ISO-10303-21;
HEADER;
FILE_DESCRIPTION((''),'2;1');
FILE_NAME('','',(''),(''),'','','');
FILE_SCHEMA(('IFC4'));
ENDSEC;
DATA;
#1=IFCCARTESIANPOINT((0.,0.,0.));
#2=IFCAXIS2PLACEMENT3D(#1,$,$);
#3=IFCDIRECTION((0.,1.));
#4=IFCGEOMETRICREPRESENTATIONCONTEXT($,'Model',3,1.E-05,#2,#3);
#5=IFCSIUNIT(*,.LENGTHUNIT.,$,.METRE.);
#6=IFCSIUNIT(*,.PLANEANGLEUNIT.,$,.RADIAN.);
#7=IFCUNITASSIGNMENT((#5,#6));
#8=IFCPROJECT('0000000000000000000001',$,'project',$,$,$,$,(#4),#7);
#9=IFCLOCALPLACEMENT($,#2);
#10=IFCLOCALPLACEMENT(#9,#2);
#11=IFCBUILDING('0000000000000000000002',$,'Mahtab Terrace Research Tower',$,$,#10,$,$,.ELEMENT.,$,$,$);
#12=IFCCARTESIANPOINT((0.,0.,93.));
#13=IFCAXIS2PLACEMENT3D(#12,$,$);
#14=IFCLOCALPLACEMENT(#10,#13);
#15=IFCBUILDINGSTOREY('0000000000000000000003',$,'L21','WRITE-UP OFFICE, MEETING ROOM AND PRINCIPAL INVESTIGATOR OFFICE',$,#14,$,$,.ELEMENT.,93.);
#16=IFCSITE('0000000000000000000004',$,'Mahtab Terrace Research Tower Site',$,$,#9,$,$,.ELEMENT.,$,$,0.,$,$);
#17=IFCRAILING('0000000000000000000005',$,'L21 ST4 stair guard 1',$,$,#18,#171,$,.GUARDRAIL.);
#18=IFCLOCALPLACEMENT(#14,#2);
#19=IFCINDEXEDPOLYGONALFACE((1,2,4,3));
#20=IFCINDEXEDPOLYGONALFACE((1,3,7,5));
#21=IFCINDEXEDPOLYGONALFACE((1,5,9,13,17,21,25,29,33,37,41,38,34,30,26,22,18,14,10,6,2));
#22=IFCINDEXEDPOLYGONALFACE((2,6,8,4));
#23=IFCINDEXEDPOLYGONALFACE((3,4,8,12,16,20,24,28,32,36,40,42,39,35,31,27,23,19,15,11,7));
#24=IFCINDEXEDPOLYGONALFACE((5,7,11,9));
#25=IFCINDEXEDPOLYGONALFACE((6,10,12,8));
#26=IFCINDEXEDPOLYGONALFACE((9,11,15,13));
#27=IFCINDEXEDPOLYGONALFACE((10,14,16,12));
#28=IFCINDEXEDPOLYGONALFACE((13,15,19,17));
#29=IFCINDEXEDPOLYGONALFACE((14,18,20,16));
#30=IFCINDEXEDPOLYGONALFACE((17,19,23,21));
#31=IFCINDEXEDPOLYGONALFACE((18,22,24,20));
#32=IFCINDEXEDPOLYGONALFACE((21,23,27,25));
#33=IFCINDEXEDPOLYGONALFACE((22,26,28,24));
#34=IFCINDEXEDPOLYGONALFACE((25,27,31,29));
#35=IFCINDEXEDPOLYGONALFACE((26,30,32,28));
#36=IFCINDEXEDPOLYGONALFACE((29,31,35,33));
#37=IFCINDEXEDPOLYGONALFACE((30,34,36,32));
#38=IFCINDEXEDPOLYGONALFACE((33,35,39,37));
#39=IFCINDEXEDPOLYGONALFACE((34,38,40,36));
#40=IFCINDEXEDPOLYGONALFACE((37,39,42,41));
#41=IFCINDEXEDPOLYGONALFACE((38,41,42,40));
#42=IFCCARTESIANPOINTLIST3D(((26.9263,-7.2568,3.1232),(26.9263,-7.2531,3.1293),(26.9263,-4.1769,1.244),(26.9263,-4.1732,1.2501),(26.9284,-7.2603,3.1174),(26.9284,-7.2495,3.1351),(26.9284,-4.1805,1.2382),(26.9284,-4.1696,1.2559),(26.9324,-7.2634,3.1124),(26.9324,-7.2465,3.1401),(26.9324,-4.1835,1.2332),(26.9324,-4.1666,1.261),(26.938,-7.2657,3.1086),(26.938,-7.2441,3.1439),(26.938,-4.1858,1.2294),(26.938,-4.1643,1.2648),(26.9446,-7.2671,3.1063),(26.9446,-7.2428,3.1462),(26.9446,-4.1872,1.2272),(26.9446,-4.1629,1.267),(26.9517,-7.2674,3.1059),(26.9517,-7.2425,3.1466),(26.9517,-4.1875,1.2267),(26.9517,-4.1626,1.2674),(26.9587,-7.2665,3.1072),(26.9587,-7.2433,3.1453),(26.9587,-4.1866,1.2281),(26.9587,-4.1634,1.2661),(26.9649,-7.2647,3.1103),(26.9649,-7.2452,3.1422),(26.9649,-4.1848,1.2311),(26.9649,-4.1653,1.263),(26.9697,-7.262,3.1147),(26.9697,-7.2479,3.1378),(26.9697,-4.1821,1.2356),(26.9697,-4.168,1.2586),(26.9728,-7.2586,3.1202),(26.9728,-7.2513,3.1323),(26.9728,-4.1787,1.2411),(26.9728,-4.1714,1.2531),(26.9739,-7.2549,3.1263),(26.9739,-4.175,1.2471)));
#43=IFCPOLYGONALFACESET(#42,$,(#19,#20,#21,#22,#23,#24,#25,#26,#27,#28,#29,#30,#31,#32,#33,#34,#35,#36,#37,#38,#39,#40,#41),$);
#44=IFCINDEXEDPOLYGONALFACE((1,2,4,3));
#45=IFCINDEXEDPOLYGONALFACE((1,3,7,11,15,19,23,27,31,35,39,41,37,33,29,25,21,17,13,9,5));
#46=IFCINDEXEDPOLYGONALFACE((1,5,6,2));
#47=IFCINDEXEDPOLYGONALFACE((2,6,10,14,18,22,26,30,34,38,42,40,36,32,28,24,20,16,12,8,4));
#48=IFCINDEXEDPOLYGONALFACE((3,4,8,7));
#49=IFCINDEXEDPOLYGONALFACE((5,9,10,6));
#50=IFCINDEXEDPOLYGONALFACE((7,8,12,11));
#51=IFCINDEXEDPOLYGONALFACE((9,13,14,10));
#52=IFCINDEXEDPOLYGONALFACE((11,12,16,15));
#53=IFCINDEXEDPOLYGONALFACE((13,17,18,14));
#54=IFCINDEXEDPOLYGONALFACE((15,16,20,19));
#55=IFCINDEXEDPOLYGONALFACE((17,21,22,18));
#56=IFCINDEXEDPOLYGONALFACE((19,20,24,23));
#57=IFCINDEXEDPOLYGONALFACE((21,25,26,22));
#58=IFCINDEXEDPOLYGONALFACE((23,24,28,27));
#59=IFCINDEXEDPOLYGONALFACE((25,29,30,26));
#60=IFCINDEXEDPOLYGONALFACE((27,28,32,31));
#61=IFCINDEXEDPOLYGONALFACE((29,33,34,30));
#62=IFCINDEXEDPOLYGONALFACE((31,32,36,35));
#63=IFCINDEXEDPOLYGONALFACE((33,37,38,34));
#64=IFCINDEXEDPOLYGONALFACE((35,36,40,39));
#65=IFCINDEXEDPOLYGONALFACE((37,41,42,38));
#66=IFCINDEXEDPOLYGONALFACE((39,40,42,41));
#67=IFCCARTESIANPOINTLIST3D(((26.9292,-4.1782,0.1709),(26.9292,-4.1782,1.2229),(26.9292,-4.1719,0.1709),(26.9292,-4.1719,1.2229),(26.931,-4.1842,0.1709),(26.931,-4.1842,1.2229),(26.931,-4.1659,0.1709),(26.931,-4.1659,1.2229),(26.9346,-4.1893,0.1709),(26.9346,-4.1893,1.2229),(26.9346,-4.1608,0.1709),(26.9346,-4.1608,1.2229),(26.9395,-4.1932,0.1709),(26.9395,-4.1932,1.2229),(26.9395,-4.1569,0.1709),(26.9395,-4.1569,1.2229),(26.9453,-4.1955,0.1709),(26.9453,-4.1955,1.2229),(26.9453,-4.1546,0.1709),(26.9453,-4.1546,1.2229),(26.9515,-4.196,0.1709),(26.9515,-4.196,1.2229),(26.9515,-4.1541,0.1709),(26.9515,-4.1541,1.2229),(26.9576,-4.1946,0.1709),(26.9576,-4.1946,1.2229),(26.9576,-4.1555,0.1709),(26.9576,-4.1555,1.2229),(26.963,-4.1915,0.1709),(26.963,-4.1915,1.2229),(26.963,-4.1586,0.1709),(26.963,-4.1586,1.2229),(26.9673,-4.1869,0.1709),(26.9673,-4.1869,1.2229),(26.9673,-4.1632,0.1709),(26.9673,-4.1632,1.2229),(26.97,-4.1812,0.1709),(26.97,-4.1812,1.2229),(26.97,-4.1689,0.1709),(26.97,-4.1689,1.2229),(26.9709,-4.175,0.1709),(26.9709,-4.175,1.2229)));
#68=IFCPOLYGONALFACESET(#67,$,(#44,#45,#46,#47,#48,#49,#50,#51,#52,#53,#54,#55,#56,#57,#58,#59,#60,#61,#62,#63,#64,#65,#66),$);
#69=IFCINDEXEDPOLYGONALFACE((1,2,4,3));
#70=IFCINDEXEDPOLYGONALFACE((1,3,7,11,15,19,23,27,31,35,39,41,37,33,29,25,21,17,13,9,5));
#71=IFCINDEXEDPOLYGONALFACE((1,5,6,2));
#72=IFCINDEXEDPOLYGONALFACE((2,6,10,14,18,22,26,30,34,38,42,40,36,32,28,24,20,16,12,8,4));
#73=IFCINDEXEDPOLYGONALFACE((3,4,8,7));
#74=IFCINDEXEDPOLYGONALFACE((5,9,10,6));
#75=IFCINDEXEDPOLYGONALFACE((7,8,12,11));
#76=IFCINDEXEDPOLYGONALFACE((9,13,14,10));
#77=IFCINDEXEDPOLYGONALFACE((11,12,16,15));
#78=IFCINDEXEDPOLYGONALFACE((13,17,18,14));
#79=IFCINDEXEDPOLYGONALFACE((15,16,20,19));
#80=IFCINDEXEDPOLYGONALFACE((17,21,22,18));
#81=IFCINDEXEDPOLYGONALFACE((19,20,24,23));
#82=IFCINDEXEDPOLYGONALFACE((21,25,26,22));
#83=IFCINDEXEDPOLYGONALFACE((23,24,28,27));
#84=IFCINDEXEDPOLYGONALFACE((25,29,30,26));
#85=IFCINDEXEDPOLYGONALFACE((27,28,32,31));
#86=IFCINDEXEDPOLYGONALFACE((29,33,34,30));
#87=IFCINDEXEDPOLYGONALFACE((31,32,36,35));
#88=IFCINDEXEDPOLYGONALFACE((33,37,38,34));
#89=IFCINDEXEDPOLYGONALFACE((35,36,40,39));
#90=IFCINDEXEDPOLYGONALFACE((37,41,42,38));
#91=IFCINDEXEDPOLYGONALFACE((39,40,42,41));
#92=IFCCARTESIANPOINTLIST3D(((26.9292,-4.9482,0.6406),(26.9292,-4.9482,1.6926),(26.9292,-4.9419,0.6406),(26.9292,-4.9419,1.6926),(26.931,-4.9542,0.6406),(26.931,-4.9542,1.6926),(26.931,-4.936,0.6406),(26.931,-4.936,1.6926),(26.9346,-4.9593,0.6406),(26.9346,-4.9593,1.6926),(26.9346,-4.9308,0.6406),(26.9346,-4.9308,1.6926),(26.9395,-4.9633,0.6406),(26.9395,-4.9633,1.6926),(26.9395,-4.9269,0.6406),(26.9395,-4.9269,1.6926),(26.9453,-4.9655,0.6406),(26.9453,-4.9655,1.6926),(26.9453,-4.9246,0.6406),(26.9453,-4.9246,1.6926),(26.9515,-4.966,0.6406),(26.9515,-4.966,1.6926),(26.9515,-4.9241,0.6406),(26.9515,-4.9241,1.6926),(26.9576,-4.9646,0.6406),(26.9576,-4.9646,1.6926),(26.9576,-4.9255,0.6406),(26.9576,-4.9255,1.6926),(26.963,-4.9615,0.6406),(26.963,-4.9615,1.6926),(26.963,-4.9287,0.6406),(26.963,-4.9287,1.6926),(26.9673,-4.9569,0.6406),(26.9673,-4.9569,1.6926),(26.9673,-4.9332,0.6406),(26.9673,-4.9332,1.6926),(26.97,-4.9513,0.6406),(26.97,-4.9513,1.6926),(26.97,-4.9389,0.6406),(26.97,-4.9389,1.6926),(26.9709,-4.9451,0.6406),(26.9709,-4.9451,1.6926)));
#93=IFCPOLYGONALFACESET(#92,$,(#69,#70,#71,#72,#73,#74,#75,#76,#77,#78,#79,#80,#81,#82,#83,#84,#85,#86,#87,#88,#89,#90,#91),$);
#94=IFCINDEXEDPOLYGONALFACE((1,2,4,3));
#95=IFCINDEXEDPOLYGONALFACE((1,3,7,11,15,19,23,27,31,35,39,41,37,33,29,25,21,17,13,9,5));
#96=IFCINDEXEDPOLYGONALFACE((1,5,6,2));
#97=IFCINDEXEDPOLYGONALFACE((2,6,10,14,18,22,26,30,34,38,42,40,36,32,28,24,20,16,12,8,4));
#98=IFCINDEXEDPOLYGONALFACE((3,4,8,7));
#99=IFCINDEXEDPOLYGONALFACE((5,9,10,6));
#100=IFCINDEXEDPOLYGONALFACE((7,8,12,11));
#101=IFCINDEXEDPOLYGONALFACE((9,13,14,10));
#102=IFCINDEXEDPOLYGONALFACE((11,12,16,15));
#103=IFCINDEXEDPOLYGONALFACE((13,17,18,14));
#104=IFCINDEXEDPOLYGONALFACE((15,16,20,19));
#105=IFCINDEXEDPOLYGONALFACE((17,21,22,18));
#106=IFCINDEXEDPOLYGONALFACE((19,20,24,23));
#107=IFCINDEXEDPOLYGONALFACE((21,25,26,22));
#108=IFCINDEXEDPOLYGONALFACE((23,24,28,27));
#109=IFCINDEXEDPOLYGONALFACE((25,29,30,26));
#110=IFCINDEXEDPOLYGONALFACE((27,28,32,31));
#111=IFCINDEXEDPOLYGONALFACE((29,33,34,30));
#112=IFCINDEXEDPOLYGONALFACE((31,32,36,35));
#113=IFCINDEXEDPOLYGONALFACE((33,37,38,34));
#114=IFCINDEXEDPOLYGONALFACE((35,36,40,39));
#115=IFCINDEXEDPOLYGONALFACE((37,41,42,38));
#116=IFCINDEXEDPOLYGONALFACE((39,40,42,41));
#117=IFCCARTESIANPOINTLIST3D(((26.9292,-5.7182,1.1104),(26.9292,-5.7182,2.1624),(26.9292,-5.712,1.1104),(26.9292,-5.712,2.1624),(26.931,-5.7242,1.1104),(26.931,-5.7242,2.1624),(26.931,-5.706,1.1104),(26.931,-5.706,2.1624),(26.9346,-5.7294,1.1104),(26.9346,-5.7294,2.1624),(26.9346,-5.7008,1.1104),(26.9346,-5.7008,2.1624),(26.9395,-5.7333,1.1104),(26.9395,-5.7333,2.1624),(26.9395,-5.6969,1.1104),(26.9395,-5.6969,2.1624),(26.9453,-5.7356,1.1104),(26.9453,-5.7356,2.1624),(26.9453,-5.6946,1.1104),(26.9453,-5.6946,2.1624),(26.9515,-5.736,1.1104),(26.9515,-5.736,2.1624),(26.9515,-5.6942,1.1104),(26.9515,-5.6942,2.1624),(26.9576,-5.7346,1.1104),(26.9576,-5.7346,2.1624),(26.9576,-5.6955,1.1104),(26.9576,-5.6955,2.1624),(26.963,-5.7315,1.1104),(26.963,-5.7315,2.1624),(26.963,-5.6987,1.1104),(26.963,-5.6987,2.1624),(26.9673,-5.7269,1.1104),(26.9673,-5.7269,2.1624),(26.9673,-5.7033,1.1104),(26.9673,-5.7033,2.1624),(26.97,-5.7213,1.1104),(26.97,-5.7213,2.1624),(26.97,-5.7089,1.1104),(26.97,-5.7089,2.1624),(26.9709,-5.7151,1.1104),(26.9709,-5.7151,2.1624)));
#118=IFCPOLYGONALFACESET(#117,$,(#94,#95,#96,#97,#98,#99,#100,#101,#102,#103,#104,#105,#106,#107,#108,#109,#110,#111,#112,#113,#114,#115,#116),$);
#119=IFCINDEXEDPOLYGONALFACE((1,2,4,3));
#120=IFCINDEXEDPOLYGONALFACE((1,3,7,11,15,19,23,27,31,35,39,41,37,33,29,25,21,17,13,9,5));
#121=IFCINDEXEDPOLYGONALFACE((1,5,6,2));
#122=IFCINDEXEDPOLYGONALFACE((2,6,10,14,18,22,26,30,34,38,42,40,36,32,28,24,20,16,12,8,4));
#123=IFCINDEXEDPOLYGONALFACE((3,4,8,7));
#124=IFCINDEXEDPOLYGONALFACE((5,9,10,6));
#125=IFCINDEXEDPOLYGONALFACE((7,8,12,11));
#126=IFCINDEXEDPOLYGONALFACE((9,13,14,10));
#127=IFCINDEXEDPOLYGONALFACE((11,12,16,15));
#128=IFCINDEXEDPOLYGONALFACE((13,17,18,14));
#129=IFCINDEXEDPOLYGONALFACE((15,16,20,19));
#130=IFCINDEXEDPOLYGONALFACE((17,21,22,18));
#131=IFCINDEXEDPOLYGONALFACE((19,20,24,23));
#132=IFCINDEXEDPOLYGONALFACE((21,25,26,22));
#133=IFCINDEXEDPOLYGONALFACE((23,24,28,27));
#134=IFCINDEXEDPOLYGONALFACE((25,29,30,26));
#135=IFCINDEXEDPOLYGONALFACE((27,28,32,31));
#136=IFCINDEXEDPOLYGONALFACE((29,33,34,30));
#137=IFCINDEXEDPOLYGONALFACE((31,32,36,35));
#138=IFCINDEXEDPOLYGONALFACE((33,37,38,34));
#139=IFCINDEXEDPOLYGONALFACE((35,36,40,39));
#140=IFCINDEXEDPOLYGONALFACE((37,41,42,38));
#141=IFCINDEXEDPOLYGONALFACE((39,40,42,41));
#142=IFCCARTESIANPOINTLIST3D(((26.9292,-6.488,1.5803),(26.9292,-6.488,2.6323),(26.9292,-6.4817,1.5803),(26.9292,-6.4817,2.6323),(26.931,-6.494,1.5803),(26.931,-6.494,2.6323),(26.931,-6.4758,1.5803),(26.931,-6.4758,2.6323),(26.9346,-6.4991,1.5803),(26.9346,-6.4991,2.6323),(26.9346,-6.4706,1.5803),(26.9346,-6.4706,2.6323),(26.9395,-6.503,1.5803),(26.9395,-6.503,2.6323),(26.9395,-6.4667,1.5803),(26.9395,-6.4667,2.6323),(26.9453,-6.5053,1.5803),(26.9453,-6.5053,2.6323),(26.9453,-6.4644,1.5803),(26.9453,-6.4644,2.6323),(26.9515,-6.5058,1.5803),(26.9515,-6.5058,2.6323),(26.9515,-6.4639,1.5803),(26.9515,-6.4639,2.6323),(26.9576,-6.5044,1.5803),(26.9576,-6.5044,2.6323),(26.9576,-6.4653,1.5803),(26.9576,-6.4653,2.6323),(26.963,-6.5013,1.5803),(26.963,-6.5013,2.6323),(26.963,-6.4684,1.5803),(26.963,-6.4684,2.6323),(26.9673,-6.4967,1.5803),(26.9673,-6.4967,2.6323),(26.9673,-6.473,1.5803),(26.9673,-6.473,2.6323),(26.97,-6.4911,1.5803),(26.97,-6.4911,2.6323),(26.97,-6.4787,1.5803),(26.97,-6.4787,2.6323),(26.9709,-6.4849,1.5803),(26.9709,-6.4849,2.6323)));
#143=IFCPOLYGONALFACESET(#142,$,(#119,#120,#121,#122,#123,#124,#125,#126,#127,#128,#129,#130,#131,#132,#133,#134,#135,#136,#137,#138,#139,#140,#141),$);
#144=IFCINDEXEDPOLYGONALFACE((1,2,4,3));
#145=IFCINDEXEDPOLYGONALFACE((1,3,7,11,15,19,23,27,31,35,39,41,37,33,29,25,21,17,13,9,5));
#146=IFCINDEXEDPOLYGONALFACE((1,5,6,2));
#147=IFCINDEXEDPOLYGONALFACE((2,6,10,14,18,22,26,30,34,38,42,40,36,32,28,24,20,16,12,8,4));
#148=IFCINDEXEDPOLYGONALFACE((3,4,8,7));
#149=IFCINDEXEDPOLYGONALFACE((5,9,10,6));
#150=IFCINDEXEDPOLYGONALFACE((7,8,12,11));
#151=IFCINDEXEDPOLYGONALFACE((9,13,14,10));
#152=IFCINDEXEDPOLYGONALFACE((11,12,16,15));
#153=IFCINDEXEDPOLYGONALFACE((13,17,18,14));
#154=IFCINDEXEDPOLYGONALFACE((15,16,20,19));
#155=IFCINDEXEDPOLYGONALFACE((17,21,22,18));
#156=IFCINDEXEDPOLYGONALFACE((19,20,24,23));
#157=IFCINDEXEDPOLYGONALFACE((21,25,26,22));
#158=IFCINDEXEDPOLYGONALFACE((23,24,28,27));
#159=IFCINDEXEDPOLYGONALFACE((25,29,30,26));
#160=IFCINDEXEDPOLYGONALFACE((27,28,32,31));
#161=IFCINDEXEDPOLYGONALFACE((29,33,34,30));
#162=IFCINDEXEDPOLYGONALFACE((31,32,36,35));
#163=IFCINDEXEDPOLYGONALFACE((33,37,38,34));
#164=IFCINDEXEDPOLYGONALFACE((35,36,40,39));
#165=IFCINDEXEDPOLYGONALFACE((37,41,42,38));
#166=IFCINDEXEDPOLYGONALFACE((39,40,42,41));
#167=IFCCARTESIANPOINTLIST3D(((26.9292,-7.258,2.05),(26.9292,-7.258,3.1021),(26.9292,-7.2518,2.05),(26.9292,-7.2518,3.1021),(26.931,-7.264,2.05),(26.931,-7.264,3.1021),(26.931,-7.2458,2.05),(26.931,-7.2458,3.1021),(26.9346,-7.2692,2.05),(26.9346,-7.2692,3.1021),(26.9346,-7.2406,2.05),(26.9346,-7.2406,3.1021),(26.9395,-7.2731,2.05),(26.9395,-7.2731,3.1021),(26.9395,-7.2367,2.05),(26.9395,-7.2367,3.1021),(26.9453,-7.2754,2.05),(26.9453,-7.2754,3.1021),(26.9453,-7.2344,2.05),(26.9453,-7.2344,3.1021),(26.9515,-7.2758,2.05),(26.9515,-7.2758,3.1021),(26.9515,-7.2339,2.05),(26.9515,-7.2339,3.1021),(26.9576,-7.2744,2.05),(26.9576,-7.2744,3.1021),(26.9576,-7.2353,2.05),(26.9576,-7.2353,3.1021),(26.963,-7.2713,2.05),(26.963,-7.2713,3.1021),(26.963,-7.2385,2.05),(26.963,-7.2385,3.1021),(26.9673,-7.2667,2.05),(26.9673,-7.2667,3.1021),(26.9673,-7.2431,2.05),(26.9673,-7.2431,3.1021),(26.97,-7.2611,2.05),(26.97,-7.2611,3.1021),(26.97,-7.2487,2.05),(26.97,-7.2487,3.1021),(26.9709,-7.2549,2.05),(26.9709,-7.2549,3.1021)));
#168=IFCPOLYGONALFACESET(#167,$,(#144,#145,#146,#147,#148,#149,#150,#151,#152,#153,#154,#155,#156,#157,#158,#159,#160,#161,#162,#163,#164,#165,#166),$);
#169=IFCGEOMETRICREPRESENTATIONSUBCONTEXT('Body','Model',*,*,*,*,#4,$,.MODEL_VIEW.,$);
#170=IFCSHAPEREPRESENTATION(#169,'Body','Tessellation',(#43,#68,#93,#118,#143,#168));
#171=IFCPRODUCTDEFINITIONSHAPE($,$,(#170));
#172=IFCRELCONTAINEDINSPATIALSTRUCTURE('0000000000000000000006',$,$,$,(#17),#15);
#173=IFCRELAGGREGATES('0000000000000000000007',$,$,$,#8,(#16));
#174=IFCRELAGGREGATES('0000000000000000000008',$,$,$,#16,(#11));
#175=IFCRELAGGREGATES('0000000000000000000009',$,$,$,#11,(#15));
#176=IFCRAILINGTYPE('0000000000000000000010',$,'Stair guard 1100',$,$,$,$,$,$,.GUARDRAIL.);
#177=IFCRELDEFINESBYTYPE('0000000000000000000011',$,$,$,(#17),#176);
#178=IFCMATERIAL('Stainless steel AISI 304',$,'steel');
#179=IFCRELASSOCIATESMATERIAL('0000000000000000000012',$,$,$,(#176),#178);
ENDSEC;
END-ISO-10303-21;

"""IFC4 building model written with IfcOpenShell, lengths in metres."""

from ifc_helpers import new_model, si_unit, direction, frame, origin, origin_2d, place, context, subcontext, project, spatial, circle, extrude, material, type_object, element, save


model = new_model("IFC4")

# Units and contexts
model_context = context("Model", 3, precision=1e-05, world=origin(), true_north=direction((0.0, 1.0)))
body_context = subcontext(model_context, "Body", "Model", "MODEL_VIEW")
ifc_project = project(units=[si_unit("LENGTHUNIT", "METRE"), si_unit("PLANEANGLEUNIT", "RADIAN")], contexts=[model_context])

# Site, building, storey
site_placement = place(None, origin())
site = spatial("IfcSite", under=ifc_project, at=site_placement, Name="Mahtab Terrace Research Tower Site", CompositionType="ELEMENT", RefElevation=0.0)
building_placement = place(site_placement, origin())
building = spatial("IfcBuilding", under=site, at=building_placement, Name="Mahtab Terrace Research Tower", CompositionType="ELEMENT")
storey_placement = place(building_placement, frame((0.0, 0.0, 93.0)))
storey = spatial("IfcBuildingStorey", under=building, at=storey_placement, Name="L21", Description="WRITE-UP OFFICE, MEETING ROOM AND PRINCIPAL INVESTIGATOR OFFICE", CompositionType="ELEMENT", Elevation=93.0)

# Shared definitions
ifc_material_1 = material(Name="Stainless steel AISI 304", Category="steel")

# Railing
railing_type_1 = type_object("IfcRailingType", Name="Stair guard 1100", PredefinedType="GUARDRAIL", material=ifc_material_1)
railing_1_placement = place(storey_placement, frame((26.95, -4.175, 0.1709)))
element("IfcRailing", 1, at=railing_1_placement, inside=storey, type_object=railing_type_1, Name="L21 ST4 stair guard 1", PredefinedType="GUARDRAIL", context=body_context, shape_type="SweptSolid", body=[
    extrude(circle(Radius=0.0239, at=origin_2d()), frame((0.0, 0.0, 1.0762), z_axis=(0.0, -0.853648, 0.52085), x_axis=(1.0, 0.0, 0.0)), (0.0, 0.0, 1.0), 3.6079),
    extrude(circle(Radius=0.021, at=origin_2d()), origin(), (0.0, 0.0, 1.0), 1.052),
    extrude(circle(Radius=0.021, at=origin_2d()), frame((0.0, -0.77, 0.4697)), (0.0, 0.0, 1.0), 1.052),
    extrude(circle(Radius=0.021, at=origin_2d()), frame((0.0, -1.54, 0.9395)), (0.0, 0.0, 1.0), 1.052),
    extrude(circle(Radius=0.021, at=origin_2d()), frame((0.0, -2.3098, 1.4094)), (0.0, 0.0, 1.0), 1.052),
    extrude(circle(Radius=0.021, at=origin_2d()), frame((0.0, -3.0798, 1.8792)), (0.0, 0.0, 1.0), 1.052),
])

save(model, "model.ifc")
